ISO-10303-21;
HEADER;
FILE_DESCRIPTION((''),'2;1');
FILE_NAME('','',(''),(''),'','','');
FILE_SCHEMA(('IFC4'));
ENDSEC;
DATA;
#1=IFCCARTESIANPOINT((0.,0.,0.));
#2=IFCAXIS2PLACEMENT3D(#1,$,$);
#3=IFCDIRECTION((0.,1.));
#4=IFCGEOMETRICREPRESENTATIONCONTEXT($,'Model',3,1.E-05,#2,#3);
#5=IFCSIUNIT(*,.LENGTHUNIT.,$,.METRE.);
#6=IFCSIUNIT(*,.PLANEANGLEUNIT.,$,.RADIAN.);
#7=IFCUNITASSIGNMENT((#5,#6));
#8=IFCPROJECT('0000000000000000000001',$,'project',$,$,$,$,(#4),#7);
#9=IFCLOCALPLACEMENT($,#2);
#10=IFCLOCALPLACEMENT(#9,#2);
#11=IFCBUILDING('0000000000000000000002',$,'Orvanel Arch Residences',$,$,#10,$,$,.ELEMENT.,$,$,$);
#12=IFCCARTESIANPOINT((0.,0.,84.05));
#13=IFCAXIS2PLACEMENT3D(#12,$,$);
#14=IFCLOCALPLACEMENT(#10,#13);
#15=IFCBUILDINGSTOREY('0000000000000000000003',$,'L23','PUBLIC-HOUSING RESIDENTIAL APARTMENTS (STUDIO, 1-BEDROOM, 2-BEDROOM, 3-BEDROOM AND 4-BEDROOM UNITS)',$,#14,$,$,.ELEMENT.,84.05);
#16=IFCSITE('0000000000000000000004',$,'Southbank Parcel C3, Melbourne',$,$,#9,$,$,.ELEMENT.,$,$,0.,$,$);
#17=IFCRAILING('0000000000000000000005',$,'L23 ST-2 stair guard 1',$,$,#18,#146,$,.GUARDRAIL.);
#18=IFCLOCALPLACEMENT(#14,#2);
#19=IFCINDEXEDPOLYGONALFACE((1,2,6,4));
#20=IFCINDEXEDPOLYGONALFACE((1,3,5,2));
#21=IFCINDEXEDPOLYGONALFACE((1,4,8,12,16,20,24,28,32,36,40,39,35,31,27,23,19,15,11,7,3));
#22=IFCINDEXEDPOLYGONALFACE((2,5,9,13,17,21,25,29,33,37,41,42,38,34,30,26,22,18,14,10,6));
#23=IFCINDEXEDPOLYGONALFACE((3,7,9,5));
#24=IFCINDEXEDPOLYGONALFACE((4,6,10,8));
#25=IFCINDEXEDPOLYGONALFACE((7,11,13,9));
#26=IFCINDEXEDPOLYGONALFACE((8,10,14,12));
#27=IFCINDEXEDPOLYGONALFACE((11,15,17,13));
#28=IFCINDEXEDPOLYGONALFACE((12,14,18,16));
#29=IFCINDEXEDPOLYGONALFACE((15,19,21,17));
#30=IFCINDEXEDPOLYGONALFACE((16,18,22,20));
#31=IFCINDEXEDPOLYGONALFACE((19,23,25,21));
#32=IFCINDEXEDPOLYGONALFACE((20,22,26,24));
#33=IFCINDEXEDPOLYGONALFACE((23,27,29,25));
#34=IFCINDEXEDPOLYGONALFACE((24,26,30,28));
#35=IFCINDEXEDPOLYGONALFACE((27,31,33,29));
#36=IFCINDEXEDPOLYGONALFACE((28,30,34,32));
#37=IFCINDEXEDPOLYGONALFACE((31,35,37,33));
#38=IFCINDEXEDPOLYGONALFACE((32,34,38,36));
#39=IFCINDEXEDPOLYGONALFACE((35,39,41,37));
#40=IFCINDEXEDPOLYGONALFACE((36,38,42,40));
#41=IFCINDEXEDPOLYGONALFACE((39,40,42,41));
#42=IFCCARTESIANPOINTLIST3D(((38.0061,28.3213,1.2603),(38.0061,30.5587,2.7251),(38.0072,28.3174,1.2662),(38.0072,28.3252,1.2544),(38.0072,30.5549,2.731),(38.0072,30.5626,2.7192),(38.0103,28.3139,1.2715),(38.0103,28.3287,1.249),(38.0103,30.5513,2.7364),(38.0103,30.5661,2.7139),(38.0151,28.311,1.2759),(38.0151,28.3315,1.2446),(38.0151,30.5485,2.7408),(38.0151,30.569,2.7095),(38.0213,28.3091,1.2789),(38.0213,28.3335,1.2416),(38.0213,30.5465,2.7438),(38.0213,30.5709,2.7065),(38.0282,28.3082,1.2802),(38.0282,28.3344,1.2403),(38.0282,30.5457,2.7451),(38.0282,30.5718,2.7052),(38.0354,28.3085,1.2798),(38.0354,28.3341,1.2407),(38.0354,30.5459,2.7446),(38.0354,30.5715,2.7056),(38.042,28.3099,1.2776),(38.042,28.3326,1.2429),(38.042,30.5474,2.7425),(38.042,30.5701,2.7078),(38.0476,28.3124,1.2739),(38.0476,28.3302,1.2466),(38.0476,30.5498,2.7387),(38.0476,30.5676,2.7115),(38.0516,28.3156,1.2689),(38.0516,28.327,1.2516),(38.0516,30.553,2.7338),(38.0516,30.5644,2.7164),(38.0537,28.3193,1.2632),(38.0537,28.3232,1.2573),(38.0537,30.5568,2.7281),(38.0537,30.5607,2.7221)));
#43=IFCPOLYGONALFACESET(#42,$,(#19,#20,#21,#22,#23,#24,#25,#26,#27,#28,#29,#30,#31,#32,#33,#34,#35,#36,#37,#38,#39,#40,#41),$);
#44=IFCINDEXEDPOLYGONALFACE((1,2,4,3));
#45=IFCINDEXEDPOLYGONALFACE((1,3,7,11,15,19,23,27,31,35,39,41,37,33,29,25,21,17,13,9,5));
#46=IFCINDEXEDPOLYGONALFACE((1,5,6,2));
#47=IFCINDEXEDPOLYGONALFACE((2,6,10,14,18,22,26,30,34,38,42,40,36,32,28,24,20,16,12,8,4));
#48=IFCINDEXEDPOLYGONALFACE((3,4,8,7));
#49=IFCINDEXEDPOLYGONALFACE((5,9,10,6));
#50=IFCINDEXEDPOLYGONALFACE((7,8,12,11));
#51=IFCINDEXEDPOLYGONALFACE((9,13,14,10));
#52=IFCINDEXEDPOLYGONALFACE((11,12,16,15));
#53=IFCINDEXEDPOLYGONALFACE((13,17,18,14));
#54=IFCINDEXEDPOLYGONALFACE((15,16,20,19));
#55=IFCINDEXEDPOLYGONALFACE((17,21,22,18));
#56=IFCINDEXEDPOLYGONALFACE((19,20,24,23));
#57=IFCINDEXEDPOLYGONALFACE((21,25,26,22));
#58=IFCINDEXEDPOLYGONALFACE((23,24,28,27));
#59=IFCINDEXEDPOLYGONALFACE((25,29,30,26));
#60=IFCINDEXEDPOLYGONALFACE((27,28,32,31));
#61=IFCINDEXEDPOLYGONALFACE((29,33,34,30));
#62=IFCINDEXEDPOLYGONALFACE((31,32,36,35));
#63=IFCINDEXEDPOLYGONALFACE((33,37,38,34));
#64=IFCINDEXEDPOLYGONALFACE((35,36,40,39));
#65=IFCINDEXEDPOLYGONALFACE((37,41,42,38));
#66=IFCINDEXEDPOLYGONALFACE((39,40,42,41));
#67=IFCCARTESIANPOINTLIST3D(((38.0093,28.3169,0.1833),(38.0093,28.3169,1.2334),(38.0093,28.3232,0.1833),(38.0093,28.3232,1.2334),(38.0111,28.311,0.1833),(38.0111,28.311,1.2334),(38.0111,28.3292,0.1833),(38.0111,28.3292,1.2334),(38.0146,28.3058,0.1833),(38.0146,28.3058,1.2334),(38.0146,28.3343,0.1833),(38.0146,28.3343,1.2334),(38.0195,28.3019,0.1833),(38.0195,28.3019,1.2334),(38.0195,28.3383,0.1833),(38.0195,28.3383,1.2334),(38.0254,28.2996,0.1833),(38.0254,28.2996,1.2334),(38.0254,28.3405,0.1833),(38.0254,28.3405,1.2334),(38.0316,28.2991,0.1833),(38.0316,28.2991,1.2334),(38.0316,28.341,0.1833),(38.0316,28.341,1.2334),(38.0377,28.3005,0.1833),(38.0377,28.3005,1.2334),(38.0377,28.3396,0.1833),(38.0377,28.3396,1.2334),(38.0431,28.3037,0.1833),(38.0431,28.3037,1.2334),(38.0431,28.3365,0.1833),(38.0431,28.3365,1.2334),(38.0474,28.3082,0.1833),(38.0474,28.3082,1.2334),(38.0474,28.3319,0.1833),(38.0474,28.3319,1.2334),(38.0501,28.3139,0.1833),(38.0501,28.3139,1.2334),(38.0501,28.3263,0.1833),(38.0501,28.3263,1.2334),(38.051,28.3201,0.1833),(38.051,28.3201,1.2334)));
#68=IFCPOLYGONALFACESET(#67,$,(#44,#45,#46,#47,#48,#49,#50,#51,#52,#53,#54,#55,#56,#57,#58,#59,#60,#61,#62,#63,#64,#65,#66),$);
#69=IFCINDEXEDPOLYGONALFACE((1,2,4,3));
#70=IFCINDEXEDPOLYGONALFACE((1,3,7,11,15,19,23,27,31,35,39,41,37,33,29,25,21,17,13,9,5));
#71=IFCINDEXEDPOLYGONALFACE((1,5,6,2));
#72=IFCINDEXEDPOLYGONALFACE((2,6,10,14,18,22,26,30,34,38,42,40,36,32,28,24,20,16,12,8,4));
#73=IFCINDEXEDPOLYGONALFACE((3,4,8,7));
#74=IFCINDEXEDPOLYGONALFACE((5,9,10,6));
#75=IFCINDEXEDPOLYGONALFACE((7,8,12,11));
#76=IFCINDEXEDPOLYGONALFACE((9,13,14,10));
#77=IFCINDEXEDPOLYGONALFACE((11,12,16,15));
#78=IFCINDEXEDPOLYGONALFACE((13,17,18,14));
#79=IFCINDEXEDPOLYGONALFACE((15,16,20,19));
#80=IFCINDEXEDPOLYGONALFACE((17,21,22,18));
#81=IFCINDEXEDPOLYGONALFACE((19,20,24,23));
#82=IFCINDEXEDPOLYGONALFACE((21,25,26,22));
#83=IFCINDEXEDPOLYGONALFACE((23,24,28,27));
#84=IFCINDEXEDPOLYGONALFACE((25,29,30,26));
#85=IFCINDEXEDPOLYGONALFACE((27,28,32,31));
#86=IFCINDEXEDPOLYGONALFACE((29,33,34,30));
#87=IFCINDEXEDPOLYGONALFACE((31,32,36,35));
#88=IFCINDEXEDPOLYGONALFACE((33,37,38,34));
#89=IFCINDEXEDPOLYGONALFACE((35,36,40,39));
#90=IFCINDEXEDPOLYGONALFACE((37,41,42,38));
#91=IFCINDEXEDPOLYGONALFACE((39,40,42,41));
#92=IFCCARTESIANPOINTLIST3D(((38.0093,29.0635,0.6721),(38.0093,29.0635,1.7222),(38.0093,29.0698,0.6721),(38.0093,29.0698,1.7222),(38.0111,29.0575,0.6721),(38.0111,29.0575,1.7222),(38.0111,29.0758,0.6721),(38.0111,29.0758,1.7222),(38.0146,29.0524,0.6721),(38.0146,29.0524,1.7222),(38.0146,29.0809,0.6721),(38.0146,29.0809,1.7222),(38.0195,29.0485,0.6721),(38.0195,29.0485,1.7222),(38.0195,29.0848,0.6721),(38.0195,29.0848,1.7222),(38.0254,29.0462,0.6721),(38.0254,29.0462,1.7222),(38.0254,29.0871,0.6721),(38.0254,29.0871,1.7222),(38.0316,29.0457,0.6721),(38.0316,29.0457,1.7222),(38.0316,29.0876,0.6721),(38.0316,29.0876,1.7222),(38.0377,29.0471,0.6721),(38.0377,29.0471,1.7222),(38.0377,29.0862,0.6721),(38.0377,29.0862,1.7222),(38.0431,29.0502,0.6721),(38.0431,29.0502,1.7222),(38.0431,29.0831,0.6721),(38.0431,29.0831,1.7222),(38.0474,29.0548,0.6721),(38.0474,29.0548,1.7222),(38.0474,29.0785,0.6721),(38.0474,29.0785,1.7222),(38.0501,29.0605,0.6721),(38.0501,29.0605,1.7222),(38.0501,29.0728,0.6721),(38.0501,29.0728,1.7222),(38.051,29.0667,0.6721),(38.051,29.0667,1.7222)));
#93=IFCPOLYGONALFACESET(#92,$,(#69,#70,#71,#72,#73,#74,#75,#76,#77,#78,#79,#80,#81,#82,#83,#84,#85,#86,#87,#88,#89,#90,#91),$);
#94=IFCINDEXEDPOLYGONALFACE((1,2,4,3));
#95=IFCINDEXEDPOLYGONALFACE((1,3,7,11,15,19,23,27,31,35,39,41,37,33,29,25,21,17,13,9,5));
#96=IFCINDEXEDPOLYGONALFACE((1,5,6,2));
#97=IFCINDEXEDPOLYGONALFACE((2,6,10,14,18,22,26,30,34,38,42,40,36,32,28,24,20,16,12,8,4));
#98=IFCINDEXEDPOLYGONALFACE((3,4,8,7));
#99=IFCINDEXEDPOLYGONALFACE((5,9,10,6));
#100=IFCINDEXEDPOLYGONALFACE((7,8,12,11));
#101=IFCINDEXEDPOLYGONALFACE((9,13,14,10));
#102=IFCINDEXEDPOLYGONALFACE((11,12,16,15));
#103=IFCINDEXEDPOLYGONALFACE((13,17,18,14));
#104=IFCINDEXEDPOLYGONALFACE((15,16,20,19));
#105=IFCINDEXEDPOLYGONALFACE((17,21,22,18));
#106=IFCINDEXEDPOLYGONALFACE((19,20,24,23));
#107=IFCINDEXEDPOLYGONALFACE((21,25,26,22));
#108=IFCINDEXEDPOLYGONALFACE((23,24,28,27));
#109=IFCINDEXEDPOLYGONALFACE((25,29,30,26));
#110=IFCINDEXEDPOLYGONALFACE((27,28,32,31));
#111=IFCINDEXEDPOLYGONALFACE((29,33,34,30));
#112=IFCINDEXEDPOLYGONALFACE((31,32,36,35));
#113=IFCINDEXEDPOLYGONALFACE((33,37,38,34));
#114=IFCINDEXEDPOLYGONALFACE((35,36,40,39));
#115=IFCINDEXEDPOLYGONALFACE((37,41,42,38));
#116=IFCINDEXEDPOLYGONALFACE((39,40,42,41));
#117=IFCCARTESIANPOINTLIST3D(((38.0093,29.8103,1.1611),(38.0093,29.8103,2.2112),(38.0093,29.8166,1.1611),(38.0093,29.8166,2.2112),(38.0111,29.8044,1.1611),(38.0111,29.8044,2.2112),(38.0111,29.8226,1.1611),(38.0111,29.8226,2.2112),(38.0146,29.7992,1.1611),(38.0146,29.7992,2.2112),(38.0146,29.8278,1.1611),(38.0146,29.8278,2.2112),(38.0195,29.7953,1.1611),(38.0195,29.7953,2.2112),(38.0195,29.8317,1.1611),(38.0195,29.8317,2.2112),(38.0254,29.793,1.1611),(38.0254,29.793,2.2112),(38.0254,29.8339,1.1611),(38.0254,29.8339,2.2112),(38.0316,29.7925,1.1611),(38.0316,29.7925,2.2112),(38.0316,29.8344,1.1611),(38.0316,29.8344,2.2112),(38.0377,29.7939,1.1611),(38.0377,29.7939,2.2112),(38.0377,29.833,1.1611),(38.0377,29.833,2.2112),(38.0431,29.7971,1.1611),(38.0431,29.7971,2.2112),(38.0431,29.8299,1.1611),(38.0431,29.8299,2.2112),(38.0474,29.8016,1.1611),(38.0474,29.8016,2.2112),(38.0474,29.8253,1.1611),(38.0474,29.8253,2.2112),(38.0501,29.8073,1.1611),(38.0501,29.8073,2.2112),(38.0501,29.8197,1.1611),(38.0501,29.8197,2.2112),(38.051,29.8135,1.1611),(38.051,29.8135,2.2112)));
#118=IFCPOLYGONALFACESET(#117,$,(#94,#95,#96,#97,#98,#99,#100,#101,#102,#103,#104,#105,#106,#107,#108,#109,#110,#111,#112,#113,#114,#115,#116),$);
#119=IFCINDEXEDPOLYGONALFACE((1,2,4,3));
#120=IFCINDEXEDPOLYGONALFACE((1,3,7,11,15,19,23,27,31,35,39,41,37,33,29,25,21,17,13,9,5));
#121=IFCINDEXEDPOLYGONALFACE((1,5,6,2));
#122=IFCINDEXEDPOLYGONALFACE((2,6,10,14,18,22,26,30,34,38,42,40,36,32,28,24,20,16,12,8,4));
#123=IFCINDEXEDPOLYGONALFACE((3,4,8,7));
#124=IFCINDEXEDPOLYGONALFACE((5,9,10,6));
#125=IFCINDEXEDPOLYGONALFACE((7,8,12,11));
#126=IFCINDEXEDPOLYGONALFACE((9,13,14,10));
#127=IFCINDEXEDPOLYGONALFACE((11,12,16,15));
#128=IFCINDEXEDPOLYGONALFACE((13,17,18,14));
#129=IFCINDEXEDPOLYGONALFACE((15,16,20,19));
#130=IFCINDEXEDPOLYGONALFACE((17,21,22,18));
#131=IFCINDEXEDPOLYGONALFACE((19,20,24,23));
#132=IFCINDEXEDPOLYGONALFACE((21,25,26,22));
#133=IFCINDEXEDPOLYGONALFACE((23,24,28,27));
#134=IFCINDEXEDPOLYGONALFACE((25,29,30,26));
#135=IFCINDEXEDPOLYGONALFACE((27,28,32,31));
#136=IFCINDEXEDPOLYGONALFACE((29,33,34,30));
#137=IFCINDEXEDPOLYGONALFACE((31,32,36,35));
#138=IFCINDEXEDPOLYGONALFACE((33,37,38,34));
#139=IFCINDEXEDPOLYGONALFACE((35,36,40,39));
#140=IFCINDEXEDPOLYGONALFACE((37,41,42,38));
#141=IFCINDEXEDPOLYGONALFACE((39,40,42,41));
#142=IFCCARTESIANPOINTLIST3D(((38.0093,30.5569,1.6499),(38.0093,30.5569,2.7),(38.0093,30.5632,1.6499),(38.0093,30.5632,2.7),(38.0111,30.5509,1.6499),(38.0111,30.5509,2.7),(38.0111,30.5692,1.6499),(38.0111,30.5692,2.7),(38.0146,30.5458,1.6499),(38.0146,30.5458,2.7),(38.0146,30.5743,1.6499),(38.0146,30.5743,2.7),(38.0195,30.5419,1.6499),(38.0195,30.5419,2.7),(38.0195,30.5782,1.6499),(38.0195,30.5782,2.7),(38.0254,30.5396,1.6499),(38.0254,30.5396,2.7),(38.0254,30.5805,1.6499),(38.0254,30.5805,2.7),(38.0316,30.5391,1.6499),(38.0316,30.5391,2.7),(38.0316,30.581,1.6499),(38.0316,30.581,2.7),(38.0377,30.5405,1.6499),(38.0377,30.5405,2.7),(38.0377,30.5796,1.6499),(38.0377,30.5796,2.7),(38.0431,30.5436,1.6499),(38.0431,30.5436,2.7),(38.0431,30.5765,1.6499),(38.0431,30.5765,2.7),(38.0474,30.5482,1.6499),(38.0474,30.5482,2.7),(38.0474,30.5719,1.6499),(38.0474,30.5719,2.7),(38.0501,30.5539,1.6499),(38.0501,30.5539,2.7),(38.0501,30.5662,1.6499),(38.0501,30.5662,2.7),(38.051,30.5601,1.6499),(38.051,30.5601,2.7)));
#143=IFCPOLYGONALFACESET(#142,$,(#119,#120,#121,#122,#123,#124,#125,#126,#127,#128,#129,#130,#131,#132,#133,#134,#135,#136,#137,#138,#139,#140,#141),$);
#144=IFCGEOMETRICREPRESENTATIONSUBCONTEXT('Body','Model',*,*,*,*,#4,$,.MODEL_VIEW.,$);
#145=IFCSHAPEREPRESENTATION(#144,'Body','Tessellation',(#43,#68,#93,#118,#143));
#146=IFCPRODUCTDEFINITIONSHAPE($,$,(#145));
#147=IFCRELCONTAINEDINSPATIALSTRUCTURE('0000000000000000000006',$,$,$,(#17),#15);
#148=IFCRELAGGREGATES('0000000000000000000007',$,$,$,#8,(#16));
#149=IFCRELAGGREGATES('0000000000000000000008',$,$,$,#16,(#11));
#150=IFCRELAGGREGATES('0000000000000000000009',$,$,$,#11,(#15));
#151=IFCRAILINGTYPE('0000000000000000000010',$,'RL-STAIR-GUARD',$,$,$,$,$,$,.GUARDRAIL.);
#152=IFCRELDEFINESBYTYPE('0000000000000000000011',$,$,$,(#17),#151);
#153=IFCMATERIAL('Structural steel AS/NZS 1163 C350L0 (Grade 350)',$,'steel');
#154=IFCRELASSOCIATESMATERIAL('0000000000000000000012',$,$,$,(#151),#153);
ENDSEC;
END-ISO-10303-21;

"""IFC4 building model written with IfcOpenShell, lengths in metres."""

from ifc_helpers import new_model, si_unit, direction, frame, origin, origin_2d, place, context, subcontext, project, spatial, circle, extrude, material, type_object, element, save


model = new_model("IFC4")

# Units and contexts
model_context = context("Model", 3, precision=1e-05, world=origin(), true_north=direction((0.0, 1.0)))
body_context = subcontext(model_context, "Body", "Model", "MODEL_VIEW")
ifc_project = project(units=[si_unit("LENGTHUNIT", "METRE"), si_unit("PLANEANGLEUNIT", "RADIAN")], contexts=[model_context])

# Site, building, storey
site_placement = place(None, origin())
site = spatial("IfcSite", under=ifc_project, at=site_placement, Name="Southbank Parcel C3, Melbourne", CompositionType="ELEMENT", RefElevation=0.0)
building_placement = place(site_placement, origin())
building = spatial("IfcBuilding", under=site, at=building_placement, Name="Orvanel Arch Residences", CompositionType="ELEMENT")
storey_placement = place(building_placement, frame((0.0, 0.0, 84.05)))
storey = spatial("IfcBuildingStorey", under=building, at=storey_placement, Name="L23", Description="PUBLIC-HOUSING RESIDENTIAL APARTMENTS (STUDIO, 1-BEDROOM, 2-BEDROOM, 3-BEDROOM AND 4-BEDROOM UNITS)", CompositionType="ELEMENT", Elevation=84.05)

# Railing
ifc_material_1 = material(Name="Structural steel AS/NZS 1163 C350L0 (Grade 350)", Category="steel")
railing_type_1 = type_object("IfcRailingType", Name="RL-STAIR-GUARD", PredefinedType="GUARDRAIL", material=ifc_material_1)
railing_1_placement = place(storey_placement, frame((38.03, 28.3201, 0.1833)))
element("IfcRailing", 1, at=railing_1_placement, inside=storey, type_object=railing_type_1, Name="L23 ST-2 stair guard 1", PredefinedType="GUARDRAIL", context=body_context, shape_type="SweptSolid", body=[
    extrude(circle(Radius=0.0239, at=origin_2d()), frame((0.0, 0.0012, 1.0769), z_axis=(0.0, 0.836637, 0.547758), x_axis=(-1.0, 0.0, 0.0)), (0.0, 0.0, 1.0), 2.6743),
    extrude(circle(Radius=0.021, at=origin_2d()), origin(), (0.0, 0.0, 1.0), 1.05),
    extrude(circle(Radius=0.021, at=origin_2d()), frame((0.0, 0.7466, 0.4888)), (0.0, 0.0, 1.0), 1.05),
    extrude(circle(Radius=0.021, at=origin_2d()), frame((0.0, 1.4934, 0.9778)), (0.0, 0.0, 1.0), 1.05),
    extrude(circle(Radius=0.021, at=origin_2d()), frame((0.0, 2.24, 1.4666)), (0.0, 0.0, 1.0), 1.05),
])

save(model, "model.ifc")
